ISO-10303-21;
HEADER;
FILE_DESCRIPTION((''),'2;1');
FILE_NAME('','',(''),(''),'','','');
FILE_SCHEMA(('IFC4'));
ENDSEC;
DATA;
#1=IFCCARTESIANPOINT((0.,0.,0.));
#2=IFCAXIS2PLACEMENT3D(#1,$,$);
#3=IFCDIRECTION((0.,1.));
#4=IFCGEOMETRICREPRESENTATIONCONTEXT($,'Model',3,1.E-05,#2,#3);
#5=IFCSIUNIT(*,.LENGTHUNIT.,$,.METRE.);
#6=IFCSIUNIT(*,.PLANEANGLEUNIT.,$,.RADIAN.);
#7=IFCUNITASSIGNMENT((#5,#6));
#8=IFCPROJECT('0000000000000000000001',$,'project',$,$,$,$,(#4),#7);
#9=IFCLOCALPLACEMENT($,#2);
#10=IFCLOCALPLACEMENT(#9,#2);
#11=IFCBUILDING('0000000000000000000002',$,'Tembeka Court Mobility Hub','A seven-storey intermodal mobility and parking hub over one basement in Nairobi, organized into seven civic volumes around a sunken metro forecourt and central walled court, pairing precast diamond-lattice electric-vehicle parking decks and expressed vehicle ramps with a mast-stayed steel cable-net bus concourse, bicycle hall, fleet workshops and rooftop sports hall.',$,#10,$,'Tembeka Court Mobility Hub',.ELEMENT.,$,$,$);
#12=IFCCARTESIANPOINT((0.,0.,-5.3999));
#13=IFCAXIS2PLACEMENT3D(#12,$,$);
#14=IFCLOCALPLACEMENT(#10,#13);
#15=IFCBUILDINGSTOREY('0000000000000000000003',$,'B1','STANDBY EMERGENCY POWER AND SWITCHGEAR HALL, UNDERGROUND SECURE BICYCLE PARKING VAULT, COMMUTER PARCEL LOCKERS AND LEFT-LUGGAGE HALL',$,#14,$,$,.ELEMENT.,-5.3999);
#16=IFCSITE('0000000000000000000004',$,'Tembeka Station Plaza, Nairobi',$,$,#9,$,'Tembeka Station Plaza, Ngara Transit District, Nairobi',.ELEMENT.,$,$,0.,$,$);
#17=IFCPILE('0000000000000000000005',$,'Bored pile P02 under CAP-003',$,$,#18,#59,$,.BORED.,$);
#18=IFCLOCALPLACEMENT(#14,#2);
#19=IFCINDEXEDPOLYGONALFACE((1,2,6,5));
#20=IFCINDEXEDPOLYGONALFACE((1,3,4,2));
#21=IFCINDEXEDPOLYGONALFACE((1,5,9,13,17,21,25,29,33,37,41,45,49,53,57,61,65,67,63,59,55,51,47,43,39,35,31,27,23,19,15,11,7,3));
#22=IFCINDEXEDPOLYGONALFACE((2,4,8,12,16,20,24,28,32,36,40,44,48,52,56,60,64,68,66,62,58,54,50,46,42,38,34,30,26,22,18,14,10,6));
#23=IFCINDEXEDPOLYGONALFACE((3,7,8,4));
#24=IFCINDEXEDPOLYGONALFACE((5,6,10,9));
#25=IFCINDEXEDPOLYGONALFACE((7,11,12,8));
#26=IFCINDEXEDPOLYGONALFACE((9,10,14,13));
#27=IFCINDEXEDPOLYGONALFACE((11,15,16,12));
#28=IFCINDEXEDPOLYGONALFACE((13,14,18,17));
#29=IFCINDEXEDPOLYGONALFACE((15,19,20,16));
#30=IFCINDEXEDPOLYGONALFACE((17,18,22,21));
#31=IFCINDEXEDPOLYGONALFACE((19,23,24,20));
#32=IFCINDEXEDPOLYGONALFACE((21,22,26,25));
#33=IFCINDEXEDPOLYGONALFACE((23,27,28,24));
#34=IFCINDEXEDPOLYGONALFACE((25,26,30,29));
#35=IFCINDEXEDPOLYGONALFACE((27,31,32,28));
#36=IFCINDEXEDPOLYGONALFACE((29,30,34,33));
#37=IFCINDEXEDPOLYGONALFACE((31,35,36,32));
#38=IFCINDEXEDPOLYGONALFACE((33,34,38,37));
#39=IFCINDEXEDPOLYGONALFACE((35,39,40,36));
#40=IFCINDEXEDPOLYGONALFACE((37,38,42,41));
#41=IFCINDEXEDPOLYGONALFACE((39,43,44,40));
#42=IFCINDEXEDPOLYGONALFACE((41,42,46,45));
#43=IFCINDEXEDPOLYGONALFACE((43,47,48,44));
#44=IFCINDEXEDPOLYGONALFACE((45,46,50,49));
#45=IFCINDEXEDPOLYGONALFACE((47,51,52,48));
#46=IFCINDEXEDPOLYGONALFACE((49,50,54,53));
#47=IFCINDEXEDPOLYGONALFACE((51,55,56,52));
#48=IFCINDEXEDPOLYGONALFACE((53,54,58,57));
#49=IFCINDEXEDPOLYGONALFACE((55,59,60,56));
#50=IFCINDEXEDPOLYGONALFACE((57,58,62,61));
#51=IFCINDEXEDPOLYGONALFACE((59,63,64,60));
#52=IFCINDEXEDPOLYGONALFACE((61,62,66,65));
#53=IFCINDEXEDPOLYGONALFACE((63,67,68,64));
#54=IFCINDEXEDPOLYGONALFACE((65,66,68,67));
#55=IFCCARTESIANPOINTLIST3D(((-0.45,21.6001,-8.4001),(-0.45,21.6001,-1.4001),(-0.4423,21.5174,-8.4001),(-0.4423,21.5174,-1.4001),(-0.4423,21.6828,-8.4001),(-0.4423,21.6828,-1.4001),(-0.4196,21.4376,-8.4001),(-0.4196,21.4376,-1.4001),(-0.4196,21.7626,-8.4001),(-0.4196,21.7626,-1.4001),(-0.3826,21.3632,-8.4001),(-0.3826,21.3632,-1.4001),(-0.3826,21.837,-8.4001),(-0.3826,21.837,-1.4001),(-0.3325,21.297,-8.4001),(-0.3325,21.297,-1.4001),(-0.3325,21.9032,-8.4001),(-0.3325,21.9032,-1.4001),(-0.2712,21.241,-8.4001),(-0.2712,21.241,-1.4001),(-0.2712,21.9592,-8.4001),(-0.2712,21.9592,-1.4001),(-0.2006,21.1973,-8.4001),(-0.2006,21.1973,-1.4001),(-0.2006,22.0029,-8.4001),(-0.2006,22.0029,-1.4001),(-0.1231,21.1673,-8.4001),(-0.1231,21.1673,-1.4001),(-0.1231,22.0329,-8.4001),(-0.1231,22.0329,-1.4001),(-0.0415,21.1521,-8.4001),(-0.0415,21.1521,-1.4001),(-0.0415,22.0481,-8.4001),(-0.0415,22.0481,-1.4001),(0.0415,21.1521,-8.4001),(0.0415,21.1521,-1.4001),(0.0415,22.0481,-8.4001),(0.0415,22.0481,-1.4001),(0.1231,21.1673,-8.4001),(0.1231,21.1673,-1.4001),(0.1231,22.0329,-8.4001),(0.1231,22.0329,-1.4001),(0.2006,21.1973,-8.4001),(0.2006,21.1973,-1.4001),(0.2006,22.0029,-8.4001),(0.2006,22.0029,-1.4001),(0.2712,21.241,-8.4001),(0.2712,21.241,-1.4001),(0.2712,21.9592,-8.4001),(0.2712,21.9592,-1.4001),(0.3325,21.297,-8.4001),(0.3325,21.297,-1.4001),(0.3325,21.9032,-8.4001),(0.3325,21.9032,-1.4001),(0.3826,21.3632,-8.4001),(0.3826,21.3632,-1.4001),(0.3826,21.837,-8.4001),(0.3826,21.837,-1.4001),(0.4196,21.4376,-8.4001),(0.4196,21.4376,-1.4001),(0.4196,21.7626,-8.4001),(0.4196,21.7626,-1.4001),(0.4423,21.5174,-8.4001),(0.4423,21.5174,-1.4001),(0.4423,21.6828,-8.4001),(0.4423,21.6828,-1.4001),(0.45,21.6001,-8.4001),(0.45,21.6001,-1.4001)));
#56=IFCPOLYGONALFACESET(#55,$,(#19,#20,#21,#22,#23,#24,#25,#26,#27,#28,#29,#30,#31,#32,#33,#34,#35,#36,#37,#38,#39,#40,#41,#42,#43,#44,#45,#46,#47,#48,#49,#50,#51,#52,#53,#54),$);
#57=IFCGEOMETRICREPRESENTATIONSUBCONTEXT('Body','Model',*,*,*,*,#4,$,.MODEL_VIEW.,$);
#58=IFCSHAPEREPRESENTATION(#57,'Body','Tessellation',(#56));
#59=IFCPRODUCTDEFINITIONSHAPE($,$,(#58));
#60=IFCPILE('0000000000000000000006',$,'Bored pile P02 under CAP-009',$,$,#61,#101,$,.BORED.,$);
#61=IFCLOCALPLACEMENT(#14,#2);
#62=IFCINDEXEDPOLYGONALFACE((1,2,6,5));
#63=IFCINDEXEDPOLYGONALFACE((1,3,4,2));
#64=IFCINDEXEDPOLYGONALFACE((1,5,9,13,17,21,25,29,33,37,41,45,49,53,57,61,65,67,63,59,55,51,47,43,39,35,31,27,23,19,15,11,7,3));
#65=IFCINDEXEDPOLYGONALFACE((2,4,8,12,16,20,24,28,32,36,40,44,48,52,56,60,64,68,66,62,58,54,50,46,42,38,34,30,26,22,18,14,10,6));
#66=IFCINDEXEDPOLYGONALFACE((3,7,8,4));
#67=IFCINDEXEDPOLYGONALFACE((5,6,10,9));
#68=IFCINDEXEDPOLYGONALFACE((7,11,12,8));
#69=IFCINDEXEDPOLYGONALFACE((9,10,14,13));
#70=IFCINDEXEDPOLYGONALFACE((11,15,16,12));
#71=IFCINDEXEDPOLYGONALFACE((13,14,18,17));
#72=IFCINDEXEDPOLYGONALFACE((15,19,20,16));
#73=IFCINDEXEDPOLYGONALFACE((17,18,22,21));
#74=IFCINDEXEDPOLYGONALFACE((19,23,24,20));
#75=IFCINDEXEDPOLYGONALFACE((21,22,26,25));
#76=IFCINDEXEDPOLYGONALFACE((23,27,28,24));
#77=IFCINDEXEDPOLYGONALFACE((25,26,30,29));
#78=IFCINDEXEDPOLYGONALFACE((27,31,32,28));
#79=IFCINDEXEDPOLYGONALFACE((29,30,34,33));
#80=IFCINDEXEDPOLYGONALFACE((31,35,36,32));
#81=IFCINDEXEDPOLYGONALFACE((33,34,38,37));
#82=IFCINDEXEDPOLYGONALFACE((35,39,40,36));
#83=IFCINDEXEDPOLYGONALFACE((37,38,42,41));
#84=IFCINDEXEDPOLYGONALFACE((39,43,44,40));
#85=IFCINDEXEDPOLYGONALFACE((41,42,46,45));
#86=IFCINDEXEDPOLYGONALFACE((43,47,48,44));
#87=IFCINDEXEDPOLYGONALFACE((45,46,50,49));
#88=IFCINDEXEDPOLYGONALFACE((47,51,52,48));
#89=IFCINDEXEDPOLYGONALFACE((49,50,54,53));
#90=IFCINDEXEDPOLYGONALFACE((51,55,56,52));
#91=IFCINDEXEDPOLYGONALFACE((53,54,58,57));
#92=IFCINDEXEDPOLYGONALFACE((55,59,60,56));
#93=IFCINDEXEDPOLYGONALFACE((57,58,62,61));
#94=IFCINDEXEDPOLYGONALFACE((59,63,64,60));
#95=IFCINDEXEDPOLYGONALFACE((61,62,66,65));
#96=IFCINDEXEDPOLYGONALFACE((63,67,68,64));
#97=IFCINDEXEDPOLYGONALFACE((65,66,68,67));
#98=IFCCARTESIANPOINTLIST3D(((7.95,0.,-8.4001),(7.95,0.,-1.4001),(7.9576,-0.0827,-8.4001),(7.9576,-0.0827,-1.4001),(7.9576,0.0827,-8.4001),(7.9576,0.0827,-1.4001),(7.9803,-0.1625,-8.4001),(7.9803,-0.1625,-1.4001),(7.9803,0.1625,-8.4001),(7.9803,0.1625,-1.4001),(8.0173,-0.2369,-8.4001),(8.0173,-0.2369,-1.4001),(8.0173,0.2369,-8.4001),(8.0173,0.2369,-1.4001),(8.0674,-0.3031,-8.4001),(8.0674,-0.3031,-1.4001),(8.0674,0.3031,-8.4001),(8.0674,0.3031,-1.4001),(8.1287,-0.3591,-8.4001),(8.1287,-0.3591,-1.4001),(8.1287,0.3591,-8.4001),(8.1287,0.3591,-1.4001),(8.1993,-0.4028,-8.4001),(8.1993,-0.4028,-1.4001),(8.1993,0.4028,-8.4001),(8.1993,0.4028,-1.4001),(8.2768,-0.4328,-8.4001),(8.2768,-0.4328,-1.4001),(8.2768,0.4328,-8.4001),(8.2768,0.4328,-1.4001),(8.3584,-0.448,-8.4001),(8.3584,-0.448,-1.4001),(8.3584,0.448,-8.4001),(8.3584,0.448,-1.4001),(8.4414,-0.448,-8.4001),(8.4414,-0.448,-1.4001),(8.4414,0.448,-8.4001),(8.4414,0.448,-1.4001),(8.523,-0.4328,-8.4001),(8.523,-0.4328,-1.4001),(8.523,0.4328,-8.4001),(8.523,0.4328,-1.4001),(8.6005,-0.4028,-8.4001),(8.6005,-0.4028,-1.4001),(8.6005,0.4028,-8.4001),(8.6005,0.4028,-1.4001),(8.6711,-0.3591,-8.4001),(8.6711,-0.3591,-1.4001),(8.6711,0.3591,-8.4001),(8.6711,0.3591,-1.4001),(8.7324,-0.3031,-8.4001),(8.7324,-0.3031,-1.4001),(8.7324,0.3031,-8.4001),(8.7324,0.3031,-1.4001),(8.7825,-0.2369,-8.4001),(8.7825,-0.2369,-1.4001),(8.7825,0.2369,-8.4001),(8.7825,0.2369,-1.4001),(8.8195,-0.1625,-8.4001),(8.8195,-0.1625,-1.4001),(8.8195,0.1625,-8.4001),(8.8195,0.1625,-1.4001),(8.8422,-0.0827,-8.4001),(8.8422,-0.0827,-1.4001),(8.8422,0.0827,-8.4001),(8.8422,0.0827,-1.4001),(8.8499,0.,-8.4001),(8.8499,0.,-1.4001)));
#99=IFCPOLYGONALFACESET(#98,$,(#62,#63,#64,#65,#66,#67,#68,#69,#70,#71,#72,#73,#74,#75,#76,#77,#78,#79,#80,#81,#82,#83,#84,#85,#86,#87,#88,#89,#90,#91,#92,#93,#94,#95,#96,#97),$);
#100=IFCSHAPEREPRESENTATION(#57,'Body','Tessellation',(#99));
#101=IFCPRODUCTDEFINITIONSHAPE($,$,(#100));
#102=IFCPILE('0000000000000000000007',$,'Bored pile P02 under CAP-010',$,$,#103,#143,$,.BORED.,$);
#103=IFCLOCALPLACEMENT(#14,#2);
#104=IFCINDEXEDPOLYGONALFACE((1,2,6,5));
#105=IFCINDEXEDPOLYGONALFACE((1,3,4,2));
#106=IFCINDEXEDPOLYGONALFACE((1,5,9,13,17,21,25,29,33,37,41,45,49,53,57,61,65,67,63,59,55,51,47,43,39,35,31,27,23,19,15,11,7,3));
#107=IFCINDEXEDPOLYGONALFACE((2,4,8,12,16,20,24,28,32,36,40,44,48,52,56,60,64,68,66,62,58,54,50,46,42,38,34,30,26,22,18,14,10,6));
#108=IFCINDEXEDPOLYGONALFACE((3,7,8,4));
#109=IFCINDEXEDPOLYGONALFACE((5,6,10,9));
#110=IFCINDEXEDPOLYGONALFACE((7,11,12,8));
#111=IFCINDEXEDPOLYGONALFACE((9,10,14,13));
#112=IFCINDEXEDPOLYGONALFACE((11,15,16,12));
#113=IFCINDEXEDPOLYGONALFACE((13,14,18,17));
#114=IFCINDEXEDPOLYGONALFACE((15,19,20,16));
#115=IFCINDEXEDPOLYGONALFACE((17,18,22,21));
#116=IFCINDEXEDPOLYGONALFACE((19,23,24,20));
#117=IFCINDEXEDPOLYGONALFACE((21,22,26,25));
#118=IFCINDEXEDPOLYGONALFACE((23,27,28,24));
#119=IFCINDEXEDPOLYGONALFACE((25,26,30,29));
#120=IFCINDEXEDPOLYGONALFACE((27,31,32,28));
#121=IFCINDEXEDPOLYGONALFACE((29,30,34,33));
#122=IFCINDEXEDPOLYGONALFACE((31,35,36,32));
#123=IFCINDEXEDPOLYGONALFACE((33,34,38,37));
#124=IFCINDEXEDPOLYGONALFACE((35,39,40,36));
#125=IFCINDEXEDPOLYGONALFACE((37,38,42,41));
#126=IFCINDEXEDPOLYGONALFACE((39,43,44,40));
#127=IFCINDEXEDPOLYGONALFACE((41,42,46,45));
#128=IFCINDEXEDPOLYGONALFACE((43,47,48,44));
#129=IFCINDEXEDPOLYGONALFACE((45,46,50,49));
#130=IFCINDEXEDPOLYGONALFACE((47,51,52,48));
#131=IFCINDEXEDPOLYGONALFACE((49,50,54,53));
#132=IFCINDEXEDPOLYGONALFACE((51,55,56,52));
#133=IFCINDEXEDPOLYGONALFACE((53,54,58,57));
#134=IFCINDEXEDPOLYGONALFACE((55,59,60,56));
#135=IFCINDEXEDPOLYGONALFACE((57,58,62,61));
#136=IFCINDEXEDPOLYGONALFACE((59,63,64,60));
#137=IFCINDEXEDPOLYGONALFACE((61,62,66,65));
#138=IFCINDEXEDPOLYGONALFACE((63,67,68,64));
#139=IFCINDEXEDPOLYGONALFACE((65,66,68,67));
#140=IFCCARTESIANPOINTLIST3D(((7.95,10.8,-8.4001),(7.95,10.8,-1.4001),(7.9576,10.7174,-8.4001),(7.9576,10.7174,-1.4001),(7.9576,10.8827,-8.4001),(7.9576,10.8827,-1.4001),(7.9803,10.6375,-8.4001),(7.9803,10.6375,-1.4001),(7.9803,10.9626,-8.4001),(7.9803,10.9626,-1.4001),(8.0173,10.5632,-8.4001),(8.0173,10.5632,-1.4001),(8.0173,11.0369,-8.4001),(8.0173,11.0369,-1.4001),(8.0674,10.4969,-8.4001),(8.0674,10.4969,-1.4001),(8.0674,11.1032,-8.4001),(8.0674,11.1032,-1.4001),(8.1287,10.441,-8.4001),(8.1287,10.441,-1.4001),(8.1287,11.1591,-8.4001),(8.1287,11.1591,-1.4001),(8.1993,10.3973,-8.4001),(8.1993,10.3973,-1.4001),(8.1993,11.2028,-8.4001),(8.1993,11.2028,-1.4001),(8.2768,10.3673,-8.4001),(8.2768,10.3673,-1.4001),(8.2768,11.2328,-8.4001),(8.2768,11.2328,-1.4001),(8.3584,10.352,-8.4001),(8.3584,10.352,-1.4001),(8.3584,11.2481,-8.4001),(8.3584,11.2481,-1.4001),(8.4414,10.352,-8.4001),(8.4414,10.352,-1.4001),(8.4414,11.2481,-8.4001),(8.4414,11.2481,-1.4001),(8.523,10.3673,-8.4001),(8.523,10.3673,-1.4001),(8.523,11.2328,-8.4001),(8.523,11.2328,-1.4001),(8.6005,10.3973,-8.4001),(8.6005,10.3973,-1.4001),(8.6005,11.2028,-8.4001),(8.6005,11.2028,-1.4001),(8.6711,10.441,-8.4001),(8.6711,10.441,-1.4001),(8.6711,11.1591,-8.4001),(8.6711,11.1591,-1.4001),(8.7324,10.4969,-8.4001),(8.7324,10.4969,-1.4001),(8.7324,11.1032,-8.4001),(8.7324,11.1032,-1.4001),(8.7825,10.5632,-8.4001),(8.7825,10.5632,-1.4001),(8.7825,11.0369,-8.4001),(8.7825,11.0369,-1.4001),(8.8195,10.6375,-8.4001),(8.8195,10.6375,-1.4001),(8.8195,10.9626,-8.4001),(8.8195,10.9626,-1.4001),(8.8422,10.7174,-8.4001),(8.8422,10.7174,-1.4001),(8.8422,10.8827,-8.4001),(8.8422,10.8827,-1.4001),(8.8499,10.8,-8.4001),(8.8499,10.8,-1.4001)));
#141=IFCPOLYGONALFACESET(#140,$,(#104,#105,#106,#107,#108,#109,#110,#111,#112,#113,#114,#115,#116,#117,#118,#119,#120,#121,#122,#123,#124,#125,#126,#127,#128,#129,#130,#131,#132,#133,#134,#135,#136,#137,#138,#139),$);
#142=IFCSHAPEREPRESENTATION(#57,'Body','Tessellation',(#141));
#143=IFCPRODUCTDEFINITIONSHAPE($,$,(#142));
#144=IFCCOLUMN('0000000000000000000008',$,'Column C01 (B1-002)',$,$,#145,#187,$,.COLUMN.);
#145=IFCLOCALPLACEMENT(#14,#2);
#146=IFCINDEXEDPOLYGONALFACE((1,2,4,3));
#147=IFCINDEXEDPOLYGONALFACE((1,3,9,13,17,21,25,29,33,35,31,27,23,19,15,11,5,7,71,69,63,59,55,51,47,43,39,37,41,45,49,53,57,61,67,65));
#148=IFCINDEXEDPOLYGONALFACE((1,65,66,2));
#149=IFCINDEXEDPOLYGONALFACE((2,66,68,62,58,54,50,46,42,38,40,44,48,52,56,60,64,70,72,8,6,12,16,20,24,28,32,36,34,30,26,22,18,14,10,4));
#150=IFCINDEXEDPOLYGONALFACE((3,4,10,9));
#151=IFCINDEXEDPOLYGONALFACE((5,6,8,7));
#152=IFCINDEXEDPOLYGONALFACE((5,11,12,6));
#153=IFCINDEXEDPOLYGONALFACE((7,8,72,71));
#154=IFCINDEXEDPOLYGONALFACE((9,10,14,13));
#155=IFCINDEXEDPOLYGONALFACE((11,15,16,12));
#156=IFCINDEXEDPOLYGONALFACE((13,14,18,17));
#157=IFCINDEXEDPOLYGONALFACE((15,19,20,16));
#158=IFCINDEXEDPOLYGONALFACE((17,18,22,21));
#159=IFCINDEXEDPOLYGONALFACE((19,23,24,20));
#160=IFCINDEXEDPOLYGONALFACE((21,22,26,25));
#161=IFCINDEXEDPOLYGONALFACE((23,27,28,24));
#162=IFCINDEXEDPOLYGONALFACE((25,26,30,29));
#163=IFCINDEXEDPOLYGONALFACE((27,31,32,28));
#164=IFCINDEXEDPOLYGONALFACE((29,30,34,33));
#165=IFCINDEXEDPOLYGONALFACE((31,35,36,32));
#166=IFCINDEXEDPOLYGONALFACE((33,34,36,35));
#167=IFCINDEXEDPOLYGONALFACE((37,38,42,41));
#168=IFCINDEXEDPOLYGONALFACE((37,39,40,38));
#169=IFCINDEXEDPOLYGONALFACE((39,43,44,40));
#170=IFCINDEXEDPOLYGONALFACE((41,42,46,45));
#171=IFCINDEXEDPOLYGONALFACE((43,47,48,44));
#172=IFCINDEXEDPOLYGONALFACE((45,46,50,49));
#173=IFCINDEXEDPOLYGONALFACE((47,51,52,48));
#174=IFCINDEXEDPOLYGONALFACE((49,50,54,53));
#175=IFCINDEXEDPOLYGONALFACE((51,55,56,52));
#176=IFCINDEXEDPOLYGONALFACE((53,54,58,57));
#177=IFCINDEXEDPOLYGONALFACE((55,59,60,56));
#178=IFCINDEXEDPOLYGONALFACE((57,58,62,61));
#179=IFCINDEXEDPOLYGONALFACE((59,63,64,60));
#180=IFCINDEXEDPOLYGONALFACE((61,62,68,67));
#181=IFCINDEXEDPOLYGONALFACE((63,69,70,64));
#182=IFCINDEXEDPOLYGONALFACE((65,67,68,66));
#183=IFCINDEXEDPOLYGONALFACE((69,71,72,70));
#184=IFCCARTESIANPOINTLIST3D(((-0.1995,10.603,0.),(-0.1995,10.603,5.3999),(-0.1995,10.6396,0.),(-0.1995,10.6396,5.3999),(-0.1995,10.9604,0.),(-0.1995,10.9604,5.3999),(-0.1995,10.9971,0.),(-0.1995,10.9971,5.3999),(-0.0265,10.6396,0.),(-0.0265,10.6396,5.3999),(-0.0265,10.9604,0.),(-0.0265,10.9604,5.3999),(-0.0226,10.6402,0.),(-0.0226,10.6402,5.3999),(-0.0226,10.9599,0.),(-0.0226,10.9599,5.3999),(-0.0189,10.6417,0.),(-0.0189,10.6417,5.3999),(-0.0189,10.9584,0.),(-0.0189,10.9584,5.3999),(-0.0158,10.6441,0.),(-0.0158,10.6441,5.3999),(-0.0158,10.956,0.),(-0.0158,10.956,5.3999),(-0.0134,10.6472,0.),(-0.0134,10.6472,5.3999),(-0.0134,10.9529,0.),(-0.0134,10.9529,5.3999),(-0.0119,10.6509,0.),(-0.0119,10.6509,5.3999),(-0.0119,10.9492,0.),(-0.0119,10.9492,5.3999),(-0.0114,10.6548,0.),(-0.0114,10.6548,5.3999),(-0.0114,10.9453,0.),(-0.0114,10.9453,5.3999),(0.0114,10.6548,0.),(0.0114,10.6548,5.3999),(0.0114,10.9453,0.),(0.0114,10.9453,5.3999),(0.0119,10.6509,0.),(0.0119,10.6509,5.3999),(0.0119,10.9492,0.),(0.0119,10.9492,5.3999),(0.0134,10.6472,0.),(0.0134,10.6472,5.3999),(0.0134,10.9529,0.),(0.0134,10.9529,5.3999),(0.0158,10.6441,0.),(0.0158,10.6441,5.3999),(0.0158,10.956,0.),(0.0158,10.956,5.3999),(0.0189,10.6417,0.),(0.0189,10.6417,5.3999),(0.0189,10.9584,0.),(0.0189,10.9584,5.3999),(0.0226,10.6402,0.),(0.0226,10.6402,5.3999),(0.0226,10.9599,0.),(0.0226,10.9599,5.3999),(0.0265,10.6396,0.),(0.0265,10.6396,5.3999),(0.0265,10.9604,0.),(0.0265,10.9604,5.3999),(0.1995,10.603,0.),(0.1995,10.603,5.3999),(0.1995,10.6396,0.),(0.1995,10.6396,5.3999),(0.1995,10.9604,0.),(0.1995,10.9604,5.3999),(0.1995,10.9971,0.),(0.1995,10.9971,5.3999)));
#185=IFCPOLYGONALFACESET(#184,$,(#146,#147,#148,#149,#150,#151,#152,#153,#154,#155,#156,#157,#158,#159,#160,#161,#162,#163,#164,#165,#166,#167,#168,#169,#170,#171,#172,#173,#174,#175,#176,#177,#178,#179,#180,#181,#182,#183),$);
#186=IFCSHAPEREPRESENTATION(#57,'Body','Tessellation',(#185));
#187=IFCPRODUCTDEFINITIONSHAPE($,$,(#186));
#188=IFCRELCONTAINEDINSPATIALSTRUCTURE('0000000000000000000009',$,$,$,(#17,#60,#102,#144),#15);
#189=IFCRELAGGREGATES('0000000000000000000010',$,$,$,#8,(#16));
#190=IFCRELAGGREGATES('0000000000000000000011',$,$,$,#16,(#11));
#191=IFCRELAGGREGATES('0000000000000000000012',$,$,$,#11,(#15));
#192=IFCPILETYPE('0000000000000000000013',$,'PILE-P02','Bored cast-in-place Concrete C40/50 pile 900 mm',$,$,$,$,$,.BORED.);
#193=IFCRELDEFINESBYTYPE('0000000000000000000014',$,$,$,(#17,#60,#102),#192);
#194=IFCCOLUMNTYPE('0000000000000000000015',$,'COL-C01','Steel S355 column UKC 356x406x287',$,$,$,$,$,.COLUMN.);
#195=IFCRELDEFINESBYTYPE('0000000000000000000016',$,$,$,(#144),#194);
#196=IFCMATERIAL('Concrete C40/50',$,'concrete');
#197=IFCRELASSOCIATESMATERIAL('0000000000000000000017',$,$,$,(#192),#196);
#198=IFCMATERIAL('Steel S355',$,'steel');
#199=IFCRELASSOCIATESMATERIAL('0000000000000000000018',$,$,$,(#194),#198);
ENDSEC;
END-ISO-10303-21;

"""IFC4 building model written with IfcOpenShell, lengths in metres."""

from ifc_helpers import new_model, si_unit, direction, frame, origin, origin_2d, place, context, subcontext, project, spatial, circle, i_section, extrude, material, material_profile, profile_set, type_object, element, save


model = new_model("IFC4")

# Units and contexts
model_context = context("Model", 3, precision=1e-05, world=origin(), true_north=direction((0.0, 1.0)))
body_context = subcontext(model_context, "Body", "Model", "MODEL_VIEW")
ifc_project = project(units=[si_unit("LENGTHUNIT", "METRE"), si_unit("PLANEANGLEUNIT", "RADIAN")], contexts=[model_context])

# Site, building, storey
site_placement = place(None, origin())
site = spatial("IfcSite", under=ifc_project, at=site_placement, Name="Tembeka Station Plaza, Nairobi", LongName="Tembeka Station Plaza, Ngara Transit District, Nairobi", CompositionType="ELEMENT", RefElevation=0.0)
building_placement = place(site_placement, origin())
building = spatial("IfcBuilding", under=site, at=building_placement, Name="Tembeka Court Mobility Hub", Description="A seven-storey intermodal mobility and parking hub over one basement in Nairobi, organized into seven civic volumes around a sunken metro forecourt and central walled court, pairing precast diamond-lattice electric-vehicle parking decks and expressed vehicle ramps with a mast-stayed steel cable-net bus concourse, bicycle hall, fleet workshops and rooftop sports hall.", LongName="Tembeka Court Mobility Hub", CompositionType="ELEMENT")
storey_placement = place(building_placement, frame((0.0, 0.0, -5.3999)))
storey = spatial("IfcBuildingStorey", under=building, at=storey_placement, Name="B1", Description="STANDBY EMERGENCY POWER AND SWITCHGEAR HALL, UNDERGROUND SECURE BICYCLE PARKING VAULT, COMMUTER PARCEL LOCKERS AND LEFT-LUGGAGE HALL", CompositionType="ELEMENT", Elevation=-5.3999)

# Shared definitions
ifc_material_1 = material(Name="Concrete C40/50", Category="concrete")

# Piles
ifc_material_profile_1 = material_profile(ifc_material_1, circle(Radius=0.45, at=origin_2d()), Name="PILE D900")
ifc_profile_set_1 = profile_set([ifc_material_profile_1], Name="Concrete C40/50")
pile_type = type_object("IfcPileType", Name="PILE-P02", Description="Bored cast-in-place Concrete C40/50 pile 900 mm", PredefinedType="BORED", material=ifc_profile_set_1)
for number, where, z_axis, x_axis, name in (
    (1, (0.0, 21.6001, -1.4001), (0.0, 0.0, -1.0), (1.0, 0.0, 0.0), "Bored pile P02 under CAP-003"),
    (2, (8.3999, 0.0, -1.4001), (0.0, 0.0, -1.0), (1.0, 0.0, 0.0), "Bored pile P02 under CAP-009"),
    (3, (8.3999, 10.8, -1.4001), (0.0, 0.0, -1.0), (1.0, 0.0, 0.0), "Bored pile P02 under CAP-010"),
):
    element("IfcPile", number, at=place(storey_placement, frame(where, z_axis=z_axis, x_axis=x_axis)), inside=storey, type_object=pile_type, Name=name, PredefinedType="BORED", context=body_context, shape_type="SweptSolid", body=[
        extrude(circle(Radius=0.45, at=origin_2d()), origin(), (0.0, 0.0, 1.0), 7.0),
    ])

# Column
ifc_material_2 = material(Name="Steel S355", Category="steel")
ifc_material_profile_2 = material_profile(ifc_material_2, i_section(OverallWidth=0.3989, OverallDepth=0.394, WebThickness=0.0227, FlangeThickness=0.0366, FilletRadius=0.0151, at=origin_2d()), Name="UKC 356x406x287")
ifc_profile_set_2 = profile_set([ifc_material_profile_2], Name="Steel S355")
column_type_1 = type_object("IfcColumnType", Name="COL-C01", Description="Steel S355 column UKC 356x406x287", PredefinedType="COLUMN", material=ifc_profile_set_2)
for number, where, z_axis, x_axis, name in (
    (4, (0.0, 10.8, 0.0), (0.0, 0.0, 1.0), (1.0, 0.0, 0.0), "Column C01 (B1-002)"),
):
    element("IfcColumn", number, at=place(storey_placement, frame(where, z_axis=z_axis, x_axis=x_axis)), inside=storey, type_object=column_type_1, Name=name, PredefinedType="COLUMN", context=body_context, shape_type="SweptSolid", body=[
        extrude(i_section(OverallWidth=0.3989, OverallDepth=0.394, WebThickness=0.0227, FlangeThickness=0.0366, FilletRadius=0.0151, at=origin_2d()), origin(), (0.0, 0.0, 1.0), 5.3999),
    ])

save(model, "model.ifc")
